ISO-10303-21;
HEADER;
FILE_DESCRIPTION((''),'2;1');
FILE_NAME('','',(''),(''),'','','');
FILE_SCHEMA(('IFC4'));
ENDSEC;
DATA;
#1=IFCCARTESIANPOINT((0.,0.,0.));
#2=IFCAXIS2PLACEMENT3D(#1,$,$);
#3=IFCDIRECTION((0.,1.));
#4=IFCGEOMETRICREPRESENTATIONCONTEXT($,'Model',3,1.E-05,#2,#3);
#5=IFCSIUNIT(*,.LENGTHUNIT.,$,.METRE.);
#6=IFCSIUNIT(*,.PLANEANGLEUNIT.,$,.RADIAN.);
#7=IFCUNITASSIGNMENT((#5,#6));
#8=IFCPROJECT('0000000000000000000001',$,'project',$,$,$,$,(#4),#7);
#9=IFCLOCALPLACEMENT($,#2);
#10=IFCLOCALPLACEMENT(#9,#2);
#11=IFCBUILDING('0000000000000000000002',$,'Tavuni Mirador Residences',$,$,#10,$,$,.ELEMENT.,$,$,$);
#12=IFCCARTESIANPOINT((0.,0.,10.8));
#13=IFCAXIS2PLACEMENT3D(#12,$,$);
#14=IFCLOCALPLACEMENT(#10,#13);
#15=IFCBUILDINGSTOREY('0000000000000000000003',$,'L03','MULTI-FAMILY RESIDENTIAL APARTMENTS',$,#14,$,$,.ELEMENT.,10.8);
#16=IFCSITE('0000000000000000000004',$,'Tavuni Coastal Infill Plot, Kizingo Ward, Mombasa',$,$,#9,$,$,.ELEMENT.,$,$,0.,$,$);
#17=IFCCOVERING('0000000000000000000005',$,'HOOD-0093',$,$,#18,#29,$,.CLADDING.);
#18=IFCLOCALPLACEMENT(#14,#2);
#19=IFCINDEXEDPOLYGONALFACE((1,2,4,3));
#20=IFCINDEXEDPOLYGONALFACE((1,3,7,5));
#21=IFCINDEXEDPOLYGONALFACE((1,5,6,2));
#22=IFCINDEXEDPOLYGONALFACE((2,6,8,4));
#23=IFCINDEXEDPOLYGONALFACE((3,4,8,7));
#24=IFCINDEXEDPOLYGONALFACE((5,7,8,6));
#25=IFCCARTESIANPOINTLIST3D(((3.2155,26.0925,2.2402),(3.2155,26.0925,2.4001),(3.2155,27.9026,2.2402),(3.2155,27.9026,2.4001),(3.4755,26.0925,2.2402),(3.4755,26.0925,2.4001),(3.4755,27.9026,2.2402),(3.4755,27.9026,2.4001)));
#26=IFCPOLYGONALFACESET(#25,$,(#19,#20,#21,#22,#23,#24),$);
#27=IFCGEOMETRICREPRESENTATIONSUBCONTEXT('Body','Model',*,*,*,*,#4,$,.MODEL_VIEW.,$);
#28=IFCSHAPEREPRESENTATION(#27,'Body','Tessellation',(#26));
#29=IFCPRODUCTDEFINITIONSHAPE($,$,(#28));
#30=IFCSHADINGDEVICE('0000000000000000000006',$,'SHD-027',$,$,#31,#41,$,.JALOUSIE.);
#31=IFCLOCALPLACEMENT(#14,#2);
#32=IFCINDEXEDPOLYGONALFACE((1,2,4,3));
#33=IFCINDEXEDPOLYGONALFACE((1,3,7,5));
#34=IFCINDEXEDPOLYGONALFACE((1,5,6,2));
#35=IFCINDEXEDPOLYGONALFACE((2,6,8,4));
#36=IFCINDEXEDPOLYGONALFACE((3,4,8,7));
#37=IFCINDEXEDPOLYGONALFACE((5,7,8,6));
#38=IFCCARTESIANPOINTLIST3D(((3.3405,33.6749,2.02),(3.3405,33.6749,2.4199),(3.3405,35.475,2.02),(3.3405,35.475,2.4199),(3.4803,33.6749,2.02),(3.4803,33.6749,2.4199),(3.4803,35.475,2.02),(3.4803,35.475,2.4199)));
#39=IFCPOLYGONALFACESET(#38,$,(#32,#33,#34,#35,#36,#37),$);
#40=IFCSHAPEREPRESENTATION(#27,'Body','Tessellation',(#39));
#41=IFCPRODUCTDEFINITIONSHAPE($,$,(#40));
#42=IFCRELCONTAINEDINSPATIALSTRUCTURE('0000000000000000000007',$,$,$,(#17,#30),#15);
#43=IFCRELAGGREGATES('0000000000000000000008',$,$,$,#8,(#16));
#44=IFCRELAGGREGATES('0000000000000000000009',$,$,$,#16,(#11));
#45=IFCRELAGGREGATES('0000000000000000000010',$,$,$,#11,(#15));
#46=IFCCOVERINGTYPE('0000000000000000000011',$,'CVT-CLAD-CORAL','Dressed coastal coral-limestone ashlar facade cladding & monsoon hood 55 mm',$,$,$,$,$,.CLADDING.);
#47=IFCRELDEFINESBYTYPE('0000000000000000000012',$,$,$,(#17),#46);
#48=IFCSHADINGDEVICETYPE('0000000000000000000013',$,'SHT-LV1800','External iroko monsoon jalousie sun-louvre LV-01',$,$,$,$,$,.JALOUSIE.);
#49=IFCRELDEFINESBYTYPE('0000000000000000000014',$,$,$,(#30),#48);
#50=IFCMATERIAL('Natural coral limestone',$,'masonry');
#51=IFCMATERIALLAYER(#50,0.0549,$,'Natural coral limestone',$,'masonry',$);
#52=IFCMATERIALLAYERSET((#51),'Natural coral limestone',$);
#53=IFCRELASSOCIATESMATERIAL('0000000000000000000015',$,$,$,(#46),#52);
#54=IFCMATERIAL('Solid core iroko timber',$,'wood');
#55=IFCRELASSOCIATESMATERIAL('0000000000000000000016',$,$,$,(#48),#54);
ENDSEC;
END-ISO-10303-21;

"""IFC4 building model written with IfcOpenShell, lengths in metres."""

from ifc_helpers import new_model, si_unit, direction, frame, origin, origin_2d, place, context, subcontext, project, spatial, rectangle, extrude, material, layer, layer_set, type_object, element, save


model = new_model("IFC4")

# Units and contexts
model_context = context("Model", 3, precision=1e-05, world=origin(), true_north=direction((0.0, 1.0)))
body_context = subcontext(model_context, "Body", "Model", "MODEL_VIEW")
ifc_project = project(units=[si_unit("LENGTHUNIT", "METRE"), si_unit("PLANEANGLEUNIT", "RADIAN")], contexts=[model_context])

# Site, building, storey
site_placement = place(None, origin())
site = spatial("IfcSite", under=ifc_project, at=site_placement, Name="Tavuni Coastal Infill Plot, Kizingo Ward, Mombasa", CompositionType="ELEMENT", RefElevation=0.0)
building_placement = place(site_placement, origin())
building = spatial("IfcBuilding", under=site, at=building_placement, Name="Tavuni Mirador Residences", CompositionType="ELEMENT")
storey_placement = place(building_placement, frame((0.0, 0.0, 10.8)))
storey = spatial("IfcBuildingStorey", under=building, at=storey_placement, Name="L03", Description="MULTI-FAMILY RESIDENTIAL APARTMENTS", CompositionType="ELEMENT", Elevation=10.8)

# Shared definitions
ifc_material_1 = material(Name="Solid core iroko timber", Category="wood")

# Covering
ifc_material_2 = material(Name="Natural coral limestone", Category="masonry")
ifc_layer_1 = layer(ifc_material_2, 0.0549, Name="Natural coral limestone", Category="masonry")
ifc_layer_set_1 = layer_set([ifc_layer_1], Name="Natural coral limestone")
covering_type = type_object("IfcCoveringType", Name="CVT-CLAD-CORAL", Description="Dressed coastal coral-limestone ashlar facade cladding & monsoon hood 55 mm", PredefinedType="CLADDING", material=ifc_layer_set_1)
covering_placement = place(storey_placement, frame((3.3455, 26.9976, 2.2402), z_axis=(0.0, 0.0, 1.0), x_axis=(0.0, -1.0, 0.0)))
element("IfcCovering", 1, at=covering_placement, inside=storey, type_object=covering_type, Name="HOOD-0093", PredefinedType="CLADDING", context=body_context, shape_type="SweptSolid", body=[
    extrude(rectangle(XDim=1.8101, YDim=0.26, at=origin_2d()), origin(), (0.0, 0.0, 1.0), 0.1599),
])

# Shading device
shading_device_type = type_object("IfcShadingDeviceType", Name="SHT-LV1800", Description="External iroko monsoon jalousie sun-louvre LV-01", PredefinedType="JALOUSIE", material=ifc_material_1)
shading_device_placement = place(storey_placement, frame((3.4104, 34.575, 2.02), z_axis=(0.0, 0.0, 1.0), x_axis=(0.0, -1.0, 0.0)))
element("IfcShadingDevice", 2, at=shading_device_placement, inside=storey, type_object=shading_device_type, Name="SHD-027", PredefinedType="JALOUSIE", context=body_context, shape_type="SweptSolid", body=[
    extrude(rectangle(XDim=1.8, YDim=0.1399, at=origin_2d()), origin(), (0.0, 0.0, 1.0), 0.3999),
])

save(model, "model.ifc")
